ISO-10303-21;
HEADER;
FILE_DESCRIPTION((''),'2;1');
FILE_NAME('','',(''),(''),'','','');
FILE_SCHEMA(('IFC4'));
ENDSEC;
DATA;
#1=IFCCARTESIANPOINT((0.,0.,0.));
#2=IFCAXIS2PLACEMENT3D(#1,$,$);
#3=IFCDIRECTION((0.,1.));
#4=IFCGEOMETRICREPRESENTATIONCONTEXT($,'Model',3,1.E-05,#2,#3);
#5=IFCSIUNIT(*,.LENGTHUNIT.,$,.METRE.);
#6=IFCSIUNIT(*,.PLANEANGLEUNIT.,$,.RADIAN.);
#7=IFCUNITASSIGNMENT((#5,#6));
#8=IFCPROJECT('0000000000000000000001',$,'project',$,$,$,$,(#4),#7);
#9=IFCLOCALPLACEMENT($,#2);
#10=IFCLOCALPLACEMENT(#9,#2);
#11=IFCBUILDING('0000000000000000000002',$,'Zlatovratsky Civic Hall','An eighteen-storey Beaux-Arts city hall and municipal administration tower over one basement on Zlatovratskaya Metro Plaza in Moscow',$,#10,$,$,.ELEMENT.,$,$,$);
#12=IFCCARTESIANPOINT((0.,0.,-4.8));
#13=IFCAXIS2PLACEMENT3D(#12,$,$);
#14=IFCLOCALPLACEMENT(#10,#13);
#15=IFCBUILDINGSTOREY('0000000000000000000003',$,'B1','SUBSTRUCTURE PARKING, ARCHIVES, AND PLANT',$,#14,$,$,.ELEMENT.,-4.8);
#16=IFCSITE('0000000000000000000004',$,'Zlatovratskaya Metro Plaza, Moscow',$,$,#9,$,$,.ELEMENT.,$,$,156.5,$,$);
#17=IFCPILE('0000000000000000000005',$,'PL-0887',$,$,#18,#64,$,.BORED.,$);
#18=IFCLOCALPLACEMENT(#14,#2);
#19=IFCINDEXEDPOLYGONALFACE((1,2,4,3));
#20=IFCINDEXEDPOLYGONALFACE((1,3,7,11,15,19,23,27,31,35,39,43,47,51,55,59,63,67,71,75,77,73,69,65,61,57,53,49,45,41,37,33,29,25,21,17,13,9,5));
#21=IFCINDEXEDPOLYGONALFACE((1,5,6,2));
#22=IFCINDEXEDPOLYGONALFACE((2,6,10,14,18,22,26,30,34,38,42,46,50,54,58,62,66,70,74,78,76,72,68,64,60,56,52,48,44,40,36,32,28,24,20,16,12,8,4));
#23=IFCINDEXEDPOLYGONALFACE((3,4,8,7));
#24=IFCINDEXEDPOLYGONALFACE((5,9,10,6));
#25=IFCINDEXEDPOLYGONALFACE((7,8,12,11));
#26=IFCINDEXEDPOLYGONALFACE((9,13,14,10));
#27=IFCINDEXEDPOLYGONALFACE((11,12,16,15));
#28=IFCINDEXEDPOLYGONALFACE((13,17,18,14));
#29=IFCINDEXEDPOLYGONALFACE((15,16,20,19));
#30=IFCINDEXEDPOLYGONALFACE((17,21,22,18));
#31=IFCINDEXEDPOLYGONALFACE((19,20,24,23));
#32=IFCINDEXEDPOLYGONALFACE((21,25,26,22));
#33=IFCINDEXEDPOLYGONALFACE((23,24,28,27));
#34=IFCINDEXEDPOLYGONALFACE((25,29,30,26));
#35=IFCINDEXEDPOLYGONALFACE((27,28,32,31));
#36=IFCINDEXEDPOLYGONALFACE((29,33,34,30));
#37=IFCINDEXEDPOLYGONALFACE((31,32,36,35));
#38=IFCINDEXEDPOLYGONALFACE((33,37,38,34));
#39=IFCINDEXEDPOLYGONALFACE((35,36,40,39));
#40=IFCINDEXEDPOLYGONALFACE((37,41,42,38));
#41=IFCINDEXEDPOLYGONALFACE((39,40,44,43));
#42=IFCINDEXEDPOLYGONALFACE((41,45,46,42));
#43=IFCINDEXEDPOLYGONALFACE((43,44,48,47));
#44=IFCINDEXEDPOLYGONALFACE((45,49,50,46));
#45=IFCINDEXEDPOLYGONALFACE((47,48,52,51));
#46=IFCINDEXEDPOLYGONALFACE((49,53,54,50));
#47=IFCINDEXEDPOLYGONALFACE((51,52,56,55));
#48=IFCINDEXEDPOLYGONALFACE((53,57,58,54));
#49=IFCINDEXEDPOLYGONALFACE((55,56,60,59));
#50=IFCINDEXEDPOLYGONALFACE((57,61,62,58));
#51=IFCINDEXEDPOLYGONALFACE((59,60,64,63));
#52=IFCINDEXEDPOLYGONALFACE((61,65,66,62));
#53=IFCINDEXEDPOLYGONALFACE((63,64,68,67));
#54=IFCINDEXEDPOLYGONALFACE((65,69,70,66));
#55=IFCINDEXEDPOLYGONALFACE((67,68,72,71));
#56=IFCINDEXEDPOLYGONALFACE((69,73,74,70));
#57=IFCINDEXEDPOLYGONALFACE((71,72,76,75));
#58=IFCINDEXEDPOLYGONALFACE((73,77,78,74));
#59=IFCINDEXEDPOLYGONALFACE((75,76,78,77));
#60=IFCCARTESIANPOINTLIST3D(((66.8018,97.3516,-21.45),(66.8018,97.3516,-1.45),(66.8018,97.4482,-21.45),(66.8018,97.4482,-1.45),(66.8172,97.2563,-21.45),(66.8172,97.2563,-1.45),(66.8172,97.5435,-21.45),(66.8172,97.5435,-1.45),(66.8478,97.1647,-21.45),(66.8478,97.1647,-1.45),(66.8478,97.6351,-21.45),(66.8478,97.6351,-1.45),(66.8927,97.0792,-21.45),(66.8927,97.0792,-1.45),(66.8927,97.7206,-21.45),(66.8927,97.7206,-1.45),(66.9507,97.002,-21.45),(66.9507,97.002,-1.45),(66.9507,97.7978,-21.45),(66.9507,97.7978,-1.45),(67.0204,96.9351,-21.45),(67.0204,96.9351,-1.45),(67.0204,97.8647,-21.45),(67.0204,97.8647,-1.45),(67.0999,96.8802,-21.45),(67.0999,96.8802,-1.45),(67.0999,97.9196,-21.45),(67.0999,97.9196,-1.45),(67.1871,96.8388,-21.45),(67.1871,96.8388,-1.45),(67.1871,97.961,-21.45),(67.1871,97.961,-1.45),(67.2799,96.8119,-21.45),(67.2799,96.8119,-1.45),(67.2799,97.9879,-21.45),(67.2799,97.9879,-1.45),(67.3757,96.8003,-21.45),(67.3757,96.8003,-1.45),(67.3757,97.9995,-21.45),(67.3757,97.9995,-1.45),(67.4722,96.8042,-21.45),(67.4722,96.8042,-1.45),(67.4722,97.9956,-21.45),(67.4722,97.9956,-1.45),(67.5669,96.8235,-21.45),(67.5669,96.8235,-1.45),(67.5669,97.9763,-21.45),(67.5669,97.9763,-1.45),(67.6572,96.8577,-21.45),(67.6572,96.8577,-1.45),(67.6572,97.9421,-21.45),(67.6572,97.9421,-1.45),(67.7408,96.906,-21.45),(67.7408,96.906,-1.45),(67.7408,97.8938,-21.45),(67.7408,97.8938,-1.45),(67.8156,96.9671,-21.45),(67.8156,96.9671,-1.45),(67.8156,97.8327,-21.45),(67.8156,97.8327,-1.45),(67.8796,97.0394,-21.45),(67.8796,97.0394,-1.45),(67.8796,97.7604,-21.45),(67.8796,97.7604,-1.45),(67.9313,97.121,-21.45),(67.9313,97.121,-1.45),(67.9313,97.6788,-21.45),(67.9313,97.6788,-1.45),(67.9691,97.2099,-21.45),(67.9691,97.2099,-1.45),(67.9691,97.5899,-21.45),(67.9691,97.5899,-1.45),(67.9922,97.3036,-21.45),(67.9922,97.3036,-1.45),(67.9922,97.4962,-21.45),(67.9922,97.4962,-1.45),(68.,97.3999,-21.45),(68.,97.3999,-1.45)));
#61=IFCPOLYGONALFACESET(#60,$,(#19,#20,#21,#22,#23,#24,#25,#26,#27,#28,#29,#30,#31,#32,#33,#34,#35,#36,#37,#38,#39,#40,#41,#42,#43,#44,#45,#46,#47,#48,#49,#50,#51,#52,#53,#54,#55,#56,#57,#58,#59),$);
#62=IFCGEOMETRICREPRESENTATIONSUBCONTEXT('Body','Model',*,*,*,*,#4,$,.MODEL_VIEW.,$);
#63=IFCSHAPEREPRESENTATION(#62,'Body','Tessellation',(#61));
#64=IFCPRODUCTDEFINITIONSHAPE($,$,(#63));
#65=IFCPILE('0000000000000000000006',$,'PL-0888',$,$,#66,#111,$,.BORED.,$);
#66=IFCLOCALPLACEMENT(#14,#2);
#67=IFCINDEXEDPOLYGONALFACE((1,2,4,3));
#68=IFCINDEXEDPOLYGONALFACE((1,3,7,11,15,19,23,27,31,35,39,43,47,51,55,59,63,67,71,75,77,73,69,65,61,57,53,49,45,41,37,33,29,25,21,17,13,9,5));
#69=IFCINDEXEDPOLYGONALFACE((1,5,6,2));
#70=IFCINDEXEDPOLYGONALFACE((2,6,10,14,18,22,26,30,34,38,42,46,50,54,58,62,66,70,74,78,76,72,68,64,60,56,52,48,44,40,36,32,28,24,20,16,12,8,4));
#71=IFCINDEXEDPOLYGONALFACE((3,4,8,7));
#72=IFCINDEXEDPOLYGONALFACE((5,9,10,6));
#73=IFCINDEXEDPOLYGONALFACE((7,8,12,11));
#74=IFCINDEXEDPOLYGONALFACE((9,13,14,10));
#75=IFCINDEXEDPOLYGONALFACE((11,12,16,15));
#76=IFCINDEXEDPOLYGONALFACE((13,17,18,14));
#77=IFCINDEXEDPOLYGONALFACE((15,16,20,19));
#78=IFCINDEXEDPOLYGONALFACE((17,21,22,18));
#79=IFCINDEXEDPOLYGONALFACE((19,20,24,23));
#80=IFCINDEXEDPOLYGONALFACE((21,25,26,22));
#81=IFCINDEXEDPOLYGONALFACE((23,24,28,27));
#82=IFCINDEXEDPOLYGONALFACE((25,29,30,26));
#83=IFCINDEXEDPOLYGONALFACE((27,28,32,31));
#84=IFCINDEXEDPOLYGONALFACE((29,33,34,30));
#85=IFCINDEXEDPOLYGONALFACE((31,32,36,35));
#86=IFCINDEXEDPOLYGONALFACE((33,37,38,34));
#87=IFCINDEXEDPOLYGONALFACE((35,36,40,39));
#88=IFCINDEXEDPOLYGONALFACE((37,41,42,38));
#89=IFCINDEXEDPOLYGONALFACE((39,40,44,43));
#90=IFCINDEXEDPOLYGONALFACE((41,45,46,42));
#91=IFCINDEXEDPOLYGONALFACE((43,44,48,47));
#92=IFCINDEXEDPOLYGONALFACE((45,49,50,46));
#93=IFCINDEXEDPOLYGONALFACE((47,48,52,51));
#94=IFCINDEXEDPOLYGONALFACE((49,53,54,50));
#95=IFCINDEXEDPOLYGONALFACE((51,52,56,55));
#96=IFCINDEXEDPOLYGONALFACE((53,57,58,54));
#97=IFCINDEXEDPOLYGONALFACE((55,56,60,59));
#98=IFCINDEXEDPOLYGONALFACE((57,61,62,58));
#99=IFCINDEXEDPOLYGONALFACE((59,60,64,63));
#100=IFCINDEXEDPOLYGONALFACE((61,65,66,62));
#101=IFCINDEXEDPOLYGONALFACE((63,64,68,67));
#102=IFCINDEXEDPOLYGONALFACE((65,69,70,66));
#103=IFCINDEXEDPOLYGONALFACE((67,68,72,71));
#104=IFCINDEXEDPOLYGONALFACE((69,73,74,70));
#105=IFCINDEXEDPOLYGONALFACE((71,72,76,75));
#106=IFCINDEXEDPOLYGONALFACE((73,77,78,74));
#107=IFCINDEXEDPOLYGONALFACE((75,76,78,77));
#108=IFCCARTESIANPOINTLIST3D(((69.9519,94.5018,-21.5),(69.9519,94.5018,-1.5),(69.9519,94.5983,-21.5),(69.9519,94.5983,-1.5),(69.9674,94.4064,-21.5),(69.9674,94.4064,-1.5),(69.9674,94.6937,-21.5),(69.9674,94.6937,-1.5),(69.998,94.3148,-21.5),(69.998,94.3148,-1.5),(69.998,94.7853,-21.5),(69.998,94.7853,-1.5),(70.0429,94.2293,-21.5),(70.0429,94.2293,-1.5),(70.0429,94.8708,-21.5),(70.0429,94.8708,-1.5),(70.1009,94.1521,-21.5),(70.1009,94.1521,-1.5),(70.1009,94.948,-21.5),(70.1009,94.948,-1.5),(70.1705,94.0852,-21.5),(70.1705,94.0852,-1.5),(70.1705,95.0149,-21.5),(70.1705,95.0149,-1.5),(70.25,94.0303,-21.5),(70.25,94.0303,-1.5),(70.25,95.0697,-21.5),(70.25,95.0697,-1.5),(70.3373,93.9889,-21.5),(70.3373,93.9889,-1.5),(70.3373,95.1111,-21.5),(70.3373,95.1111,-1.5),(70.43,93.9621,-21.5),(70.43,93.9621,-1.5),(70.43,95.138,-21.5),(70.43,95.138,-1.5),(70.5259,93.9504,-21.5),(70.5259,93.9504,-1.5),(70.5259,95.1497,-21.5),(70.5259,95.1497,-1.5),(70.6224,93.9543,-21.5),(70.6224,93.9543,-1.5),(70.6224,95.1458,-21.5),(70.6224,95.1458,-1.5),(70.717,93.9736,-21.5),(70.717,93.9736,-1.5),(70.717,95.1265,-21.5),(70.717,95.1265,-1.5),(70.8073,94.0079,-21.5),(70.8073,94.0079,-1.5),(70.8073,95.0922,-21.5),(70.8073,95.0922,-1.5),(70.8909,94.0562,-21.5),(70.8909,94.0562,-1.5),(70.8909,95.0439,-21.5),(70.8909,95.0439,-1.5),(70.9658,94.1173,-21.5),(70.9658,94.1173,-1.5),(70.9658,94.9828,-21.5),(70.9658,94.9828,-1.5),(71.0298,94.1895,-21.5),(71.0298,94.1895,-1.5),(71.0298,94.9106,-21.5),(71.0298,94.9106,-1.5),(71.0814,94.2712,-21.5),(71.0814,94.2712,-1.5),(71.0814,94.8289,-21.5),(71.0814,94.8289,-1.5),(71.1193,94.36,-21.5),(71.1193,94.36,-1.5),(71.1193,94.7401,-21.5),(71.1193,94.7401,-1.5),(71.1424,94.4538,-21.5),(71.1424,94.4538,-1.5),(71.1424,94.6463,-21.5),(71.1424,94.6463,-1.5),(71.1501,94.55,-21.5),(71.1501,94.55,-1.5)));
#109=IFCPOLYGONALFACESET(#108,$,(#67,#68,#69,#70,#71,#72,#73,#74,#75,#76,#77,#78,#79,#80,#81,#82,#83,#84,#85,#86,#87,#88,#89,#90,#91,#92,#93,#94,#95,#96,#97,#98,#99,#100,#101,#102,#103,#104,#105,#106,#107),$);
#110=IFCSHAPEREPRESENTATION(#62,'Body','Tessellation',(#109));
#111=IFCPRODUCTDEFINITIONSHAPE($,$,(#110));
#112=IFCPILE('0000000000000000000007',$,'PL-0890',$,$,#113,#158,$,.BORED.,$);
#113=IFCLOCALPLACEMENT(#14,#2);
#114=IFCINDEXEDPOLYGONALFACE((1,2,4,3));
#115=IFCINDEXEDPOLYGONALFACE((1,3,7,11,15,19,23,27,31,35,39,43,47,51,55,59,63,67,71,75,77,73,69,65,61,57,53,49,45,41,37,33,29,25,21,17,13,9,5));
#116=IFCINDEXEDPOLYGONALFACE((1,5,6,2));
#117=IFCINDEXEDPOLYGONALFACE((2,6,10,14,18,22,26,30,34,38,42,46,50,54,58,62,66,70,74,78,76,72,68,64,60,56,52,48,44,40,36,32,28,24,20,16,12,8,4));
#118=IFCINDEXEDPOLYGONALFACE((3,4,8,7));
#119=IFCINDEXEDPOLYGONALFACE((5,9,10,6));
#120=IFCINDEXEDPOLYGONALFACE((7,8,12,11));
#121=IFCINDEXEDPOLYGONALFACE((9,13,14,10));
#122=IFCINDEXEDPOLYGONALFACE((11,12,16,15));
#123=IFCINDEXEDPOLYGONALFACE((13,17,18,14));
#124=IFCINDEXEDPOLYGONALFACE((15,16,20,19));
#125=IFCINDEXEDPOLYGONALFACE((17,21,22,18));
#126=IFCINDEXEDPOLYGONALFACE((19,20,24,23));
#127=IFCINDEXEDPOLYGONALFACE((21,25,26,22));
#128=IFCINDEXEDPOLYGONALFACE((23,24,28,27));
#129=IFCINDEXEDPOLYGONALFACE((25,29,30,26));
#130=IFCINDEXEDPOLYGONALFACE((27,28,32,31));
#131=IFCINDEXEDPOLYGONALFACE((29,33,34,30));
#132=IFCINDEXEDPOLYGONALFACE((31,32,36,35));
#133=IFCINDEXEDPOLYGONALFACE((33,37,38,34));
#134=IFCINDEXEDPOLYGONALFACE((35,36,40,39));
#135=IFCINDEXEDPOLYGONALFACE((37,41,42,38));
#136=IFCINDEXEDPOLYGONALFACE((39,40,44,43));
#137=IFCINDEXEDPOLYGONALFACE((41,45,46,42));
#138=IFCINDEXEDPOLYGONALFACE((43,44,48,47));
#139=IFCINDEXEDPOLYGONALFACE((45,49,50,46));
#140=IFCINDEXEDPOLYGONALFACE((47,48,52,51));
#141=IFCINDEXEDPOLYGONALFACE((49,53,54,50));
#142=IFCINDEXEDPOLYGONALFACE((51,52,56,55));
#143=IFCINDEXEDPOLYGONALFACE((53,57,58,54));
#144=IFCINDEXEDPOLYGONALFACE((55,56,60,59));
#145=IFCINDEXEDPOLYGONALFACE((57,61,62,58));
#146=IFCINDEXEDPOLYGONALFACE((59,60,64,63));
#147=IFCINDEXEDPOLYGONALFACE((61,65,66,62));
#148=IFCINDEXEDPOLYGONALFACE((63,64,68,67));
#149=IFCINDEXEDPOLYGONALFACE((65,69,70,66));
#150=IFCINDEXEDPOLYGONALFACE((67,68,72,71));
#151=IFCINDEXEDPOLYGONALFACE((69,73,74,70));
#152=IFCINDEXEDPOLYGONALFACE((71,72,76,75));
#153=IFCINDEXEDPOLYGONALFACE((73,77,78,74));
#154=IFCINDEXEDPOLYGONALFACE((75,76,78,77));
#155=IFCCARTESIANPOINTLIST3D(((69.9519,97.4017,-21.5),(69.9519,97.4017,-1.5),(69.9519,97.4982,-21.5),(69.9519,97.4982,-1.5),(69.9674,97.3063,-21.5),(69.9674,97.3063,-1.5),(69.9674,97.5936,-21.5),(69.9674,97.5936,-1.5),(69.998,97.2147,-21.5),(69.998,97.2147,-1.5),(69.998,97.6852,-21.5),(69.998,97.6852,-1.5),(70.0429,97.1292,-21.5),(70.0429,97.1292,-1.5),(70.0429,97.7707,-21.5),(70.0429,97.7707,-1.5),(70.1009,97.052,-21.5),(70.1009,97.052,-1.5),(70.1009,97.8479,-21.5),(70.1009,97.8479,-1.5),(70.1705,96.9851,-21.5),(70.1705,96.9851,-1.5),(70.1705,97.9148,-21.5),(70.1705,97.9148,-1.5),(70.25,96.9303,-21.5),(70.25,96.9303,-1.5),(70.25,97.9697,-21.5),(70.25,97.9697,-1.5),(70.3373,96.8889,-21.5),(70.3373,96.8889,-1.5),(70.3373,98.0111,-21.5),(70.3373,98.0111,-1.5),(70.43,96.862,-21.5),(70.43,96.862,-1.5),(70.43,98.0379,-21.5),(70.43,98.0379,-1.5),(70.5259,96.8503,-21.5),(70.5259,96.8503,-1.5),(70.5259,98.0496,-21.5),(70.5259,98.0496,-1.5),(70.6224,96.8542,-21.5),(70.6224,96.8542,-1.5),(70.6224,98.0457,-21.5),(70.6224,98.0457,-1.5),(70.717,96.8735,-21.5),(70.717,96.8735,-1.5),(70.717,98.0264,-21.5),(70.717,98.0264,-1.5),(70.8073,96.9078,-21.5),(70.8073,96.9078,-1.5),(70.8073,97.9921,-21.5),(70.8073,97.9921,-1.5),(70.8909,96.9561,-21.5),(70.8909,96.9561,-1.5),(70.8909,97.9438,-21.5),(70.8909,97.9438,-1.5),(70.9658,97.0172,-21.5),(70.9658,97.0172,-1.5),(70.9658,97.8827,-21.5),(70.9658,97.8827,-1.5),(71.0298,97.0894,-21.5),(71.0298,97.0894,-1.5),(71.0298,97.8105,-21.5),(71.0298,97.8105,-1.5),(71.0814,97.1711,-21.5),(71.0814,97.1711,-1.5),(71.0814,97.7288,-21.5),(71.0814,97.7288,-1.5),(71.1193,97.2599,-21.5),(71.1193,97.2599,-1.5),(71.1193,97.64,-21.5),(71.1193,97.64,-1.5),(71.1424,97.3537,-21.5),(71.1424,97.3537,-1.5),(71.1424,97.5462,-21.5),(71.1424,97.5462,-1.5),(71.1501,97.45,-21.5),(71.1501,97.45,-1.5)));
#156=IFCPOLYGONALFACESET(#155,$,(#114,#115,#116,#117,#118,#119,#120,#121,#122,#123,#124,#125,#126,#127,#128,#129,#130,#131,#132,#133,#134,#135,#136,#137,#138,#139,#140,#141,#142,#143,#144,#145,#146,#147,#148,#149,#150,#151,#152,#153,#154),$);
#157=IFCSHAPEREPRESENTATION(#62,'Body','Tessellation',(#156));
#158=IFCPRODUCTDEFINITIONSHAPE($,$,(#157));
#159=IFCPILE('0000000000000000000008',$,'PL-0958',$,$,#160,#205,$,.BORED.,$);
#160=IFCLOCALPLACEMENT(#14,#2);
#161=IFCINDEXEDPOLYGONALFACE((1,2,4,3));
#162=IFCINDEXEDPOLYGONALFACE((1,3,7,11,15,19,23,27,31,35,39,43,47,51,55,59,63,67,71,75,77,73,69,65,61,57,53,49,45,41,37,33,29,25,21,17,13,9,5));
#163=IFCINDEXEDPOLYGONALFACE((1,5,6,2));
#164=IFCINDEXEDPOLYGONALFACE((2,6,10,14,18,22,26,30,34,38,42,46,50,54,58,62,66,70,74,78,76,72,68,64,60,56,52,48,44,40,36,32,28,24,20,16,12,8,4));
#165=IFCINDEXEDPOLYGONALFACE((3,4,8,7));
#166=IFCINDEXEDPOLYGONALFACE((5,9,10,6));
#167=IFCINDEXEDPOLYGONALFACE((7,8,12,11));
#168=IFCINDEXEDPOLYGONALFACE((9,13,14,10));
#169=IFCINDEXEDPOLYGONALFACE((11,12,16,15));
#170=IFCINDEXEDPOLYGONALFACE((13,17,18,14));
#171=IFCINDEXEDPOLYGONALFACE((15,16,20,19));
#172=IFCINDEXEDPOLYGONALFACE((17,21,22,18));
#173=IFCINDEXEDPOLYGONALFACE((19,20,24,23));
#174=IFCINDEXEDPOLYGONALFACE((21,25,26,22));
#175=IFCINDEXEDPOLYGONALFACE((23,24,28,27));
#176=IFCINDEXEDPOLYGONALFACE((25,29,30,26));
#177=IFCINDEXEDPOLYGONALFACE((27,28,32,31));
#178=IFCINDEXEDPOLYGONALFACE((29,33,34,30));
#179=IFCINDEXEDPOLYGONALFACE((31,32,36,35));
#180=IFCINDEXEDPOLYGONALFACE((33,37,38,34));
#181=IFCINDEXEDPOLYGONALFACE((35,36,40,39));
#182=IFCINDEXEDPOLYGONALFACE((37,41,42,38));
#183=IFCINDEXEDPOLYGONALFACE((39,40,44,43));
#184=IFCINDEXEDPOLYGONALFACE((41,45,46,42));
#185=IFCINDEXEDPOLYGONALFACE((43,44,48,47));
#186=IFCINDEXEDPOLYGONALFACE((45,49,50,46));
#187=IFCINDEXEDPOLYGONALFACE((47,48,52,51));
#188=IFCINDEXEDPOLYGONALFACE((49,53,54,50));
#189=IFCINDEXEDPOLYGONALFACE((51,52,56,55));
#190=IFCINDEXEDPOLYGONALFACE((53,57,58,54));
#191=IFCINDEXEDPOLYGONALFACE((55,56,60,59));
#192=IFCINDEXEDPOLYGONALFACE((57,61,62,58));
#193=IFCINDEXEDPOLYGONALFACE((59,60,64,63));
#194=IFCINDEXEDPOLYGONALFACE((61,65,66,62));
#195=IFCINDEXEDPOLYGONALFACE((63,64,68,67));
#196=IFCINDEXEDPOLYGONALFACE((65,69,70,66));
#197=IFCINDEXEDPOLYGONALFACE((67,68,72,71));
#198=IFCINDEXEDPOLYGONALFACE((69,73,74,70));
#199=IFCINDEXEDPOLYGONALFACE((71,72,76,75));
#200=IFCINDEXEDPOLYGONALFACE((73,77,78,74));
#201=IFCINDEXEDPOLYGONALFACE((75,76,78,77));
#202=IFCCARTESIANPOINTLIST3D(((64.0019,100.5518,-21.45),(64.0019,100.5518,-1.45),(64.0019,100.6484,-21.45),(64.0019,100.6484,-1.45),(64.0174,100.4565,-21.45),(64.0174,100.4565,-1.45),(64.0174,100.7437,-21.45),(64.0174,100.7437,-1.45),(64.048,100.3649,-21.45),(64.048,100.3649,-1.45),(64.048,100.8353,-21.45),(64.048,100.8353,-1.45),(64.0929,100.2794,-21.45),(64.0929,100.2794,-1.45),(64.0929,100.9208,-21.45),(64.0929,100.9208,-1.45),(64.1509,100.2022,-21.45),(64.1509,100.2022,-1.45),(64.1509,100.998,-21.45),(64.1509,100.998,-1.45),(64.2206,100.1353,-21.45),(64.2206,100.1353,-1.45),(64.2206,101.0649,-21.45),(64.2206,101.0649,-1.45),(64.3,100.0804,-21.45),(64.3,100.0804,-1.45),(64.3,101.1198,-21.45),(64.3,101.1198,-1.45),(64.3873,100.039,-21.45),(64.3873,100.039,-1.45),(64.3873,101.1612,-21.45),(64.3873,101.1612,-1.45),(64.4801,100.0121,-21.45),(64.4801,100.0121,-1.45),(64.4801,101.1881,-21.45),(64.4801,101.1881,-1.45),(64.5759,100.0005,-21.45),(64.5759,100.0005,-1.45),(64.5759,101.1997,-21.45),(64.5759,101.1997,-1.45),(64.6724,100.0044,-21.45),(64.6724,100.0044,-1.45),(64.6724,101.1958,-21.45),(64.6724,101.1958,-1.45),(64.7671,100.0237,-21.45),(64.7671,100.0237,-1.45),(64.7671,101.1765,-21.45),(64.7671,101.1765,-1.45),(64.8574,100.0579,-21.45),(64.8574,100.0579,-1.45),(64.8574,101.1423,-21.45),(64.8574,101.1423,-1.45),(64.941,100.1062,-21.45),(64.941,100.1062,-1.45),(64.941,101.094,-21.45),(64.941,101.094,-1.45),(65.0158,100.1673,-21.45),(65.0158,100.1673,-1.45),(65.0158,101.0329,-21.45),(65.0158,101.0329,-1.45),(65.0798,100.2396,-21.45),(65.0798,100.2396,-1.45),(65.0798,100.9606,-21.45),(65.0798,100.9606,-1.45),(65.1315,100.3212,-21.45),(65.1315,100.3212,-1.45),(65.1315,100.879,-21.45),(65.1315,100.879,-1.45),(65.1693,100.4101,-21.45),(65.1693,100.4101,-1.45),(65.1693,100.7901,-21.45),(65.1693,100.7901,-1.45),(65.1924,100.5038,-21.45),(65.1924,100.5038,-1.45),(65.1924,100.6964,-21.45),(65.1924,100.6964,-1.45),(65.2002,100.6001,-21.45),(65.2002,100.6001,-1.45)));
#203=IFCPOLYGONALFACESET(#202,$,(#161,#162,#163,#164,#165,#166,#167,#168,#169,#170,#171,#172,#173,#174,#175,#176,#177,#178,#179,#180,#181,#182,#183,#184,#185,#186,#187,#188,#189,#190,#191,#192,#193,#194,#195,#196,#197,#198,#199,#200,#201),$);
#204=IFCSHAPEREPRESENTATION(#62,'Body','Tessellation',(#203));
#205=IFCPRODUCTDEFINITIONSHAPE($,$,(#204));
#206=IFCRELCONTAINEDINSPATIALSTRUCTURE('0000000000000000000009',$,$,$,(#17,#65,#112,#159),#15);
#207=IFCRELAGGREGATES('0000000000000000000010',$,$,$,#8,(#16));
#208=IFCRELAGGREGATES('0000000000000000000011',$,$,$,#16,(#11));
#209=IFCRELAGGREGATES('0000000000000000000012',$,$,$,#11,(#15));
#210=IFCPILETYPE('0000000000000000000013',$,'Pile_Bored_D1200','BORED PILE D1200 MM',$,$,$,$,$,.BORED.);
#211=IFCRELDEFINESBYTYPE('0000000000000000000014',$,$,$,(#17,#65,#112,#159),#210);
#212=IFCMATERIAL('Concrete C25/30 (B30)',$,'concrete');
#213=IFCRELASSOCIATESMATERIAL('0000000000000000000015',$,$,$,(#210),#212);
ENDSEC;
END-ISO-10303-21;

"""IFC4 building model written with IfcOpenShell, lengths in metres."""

from ifc_helpers import new_model, si_unit, direction, frame, origin, origin_2d, place, context, subcontext, project, spatial, circle, extrude, material, material_profile, profile_set, type_object, element, save


model = new_model("IFC4")

# Units and contexts
model_context = context("Model", 3, precision=1e-05, world=origin(), true_north=direction((0.0, 1.0)))
body_context = subcontext(model_context, "Body", "Model", "MODEL_VIEW")
ifc_project = project(units=[si_unit("LENGTHUNIT", "METRE"), si_unit("PLANEANGLEUNIT", "RADIAN")], contexts=[model_context])

# Site, building, storey
site_placement = place(None, origin())
site = spatial("IfcSite", under=ifc_project, at=site_placement, Name="Zlatovratskaya Metro Plaza, Moscow", CompositionType="ELEMENT", RefElevation=156.5)
building_placement = place(site_placement, origin())
building = spatial("IfcBuilding", under=site, at=building_placement, Name="Zlatovratsky Civic Hall", Description="An eighteen-storey Beaux-Arts city hall and municipal administration tower over one basement on Zlatovratskaya Metro Plaza in Moscow", CompositionType="ELEMENT")
storey_placement = place(building_placement, frame((0.0, 0.0, -4.8)))
storey = spatial("IfcBuildingStorey", under=building, at=storey_placement, Name="B1", Description="SUBSTRUCTURE PARKING, ARCHIVES, AND PLANT", CompositionType="ELEMENT", Elevation=-4.8)

# Shared definitions
ifc_material_1 = material(Name="Concrete C25/30 (B30)", Category="concrete")

# Piles
ifc_material_profile_1 = material_profile(ifc_material_1, circle(Radius=0.6001, at=origin_2d()), Name="PILE D1200")
ifc_profile_set_1 = profile_set([ifc_material_profile_1], Name="Concrete C25/30 (B30)")
pile_type_1 = type_object("IfcPileType", Name="Pile_Bored_D1200", Description="BORED PILE D1200 MM", PredefinedType="BORED", material=ifc_profile_set_1)
for number, where, z_axis, x_axis, name in (
    (1, (67.3999, 97.3999, -1.45), (0.0, 0.0, -1.0), (1.0, 0.0, 0.0), "PL-0887"),
    (2, (70.55, 94.55, -1.5), (0.0, 0.0, -1.0), (1.0, 0.0, 0.0), "PL-0888"),
    (3, (70.55, 97.45, -1.5), (0.0, 0.0, -1.0), (1.0, 0.0, 0.0), "PL-0890"),
    (4, (64.6001, 100.6001, -1.45), (0.0, 0.0, -1.0), (1.0, 0.0, 0.0), "PL-0958"),
):
    element("IfcPile", number, at=place(storey_placement, frame(where, z_axis=z_axis, x_axis=x_axis)), inside=storey, type_object=pile_type_1, Name=name, PredefinedType="BORED", context=body_context, shape_type="SweptSolid", body=[
        extrude(circle(Radius=0.6001, at=origin_2d()), origin(), (0.0, 0.0, 1.0), 20.0),
    ])

save(model, "model.ifc")
